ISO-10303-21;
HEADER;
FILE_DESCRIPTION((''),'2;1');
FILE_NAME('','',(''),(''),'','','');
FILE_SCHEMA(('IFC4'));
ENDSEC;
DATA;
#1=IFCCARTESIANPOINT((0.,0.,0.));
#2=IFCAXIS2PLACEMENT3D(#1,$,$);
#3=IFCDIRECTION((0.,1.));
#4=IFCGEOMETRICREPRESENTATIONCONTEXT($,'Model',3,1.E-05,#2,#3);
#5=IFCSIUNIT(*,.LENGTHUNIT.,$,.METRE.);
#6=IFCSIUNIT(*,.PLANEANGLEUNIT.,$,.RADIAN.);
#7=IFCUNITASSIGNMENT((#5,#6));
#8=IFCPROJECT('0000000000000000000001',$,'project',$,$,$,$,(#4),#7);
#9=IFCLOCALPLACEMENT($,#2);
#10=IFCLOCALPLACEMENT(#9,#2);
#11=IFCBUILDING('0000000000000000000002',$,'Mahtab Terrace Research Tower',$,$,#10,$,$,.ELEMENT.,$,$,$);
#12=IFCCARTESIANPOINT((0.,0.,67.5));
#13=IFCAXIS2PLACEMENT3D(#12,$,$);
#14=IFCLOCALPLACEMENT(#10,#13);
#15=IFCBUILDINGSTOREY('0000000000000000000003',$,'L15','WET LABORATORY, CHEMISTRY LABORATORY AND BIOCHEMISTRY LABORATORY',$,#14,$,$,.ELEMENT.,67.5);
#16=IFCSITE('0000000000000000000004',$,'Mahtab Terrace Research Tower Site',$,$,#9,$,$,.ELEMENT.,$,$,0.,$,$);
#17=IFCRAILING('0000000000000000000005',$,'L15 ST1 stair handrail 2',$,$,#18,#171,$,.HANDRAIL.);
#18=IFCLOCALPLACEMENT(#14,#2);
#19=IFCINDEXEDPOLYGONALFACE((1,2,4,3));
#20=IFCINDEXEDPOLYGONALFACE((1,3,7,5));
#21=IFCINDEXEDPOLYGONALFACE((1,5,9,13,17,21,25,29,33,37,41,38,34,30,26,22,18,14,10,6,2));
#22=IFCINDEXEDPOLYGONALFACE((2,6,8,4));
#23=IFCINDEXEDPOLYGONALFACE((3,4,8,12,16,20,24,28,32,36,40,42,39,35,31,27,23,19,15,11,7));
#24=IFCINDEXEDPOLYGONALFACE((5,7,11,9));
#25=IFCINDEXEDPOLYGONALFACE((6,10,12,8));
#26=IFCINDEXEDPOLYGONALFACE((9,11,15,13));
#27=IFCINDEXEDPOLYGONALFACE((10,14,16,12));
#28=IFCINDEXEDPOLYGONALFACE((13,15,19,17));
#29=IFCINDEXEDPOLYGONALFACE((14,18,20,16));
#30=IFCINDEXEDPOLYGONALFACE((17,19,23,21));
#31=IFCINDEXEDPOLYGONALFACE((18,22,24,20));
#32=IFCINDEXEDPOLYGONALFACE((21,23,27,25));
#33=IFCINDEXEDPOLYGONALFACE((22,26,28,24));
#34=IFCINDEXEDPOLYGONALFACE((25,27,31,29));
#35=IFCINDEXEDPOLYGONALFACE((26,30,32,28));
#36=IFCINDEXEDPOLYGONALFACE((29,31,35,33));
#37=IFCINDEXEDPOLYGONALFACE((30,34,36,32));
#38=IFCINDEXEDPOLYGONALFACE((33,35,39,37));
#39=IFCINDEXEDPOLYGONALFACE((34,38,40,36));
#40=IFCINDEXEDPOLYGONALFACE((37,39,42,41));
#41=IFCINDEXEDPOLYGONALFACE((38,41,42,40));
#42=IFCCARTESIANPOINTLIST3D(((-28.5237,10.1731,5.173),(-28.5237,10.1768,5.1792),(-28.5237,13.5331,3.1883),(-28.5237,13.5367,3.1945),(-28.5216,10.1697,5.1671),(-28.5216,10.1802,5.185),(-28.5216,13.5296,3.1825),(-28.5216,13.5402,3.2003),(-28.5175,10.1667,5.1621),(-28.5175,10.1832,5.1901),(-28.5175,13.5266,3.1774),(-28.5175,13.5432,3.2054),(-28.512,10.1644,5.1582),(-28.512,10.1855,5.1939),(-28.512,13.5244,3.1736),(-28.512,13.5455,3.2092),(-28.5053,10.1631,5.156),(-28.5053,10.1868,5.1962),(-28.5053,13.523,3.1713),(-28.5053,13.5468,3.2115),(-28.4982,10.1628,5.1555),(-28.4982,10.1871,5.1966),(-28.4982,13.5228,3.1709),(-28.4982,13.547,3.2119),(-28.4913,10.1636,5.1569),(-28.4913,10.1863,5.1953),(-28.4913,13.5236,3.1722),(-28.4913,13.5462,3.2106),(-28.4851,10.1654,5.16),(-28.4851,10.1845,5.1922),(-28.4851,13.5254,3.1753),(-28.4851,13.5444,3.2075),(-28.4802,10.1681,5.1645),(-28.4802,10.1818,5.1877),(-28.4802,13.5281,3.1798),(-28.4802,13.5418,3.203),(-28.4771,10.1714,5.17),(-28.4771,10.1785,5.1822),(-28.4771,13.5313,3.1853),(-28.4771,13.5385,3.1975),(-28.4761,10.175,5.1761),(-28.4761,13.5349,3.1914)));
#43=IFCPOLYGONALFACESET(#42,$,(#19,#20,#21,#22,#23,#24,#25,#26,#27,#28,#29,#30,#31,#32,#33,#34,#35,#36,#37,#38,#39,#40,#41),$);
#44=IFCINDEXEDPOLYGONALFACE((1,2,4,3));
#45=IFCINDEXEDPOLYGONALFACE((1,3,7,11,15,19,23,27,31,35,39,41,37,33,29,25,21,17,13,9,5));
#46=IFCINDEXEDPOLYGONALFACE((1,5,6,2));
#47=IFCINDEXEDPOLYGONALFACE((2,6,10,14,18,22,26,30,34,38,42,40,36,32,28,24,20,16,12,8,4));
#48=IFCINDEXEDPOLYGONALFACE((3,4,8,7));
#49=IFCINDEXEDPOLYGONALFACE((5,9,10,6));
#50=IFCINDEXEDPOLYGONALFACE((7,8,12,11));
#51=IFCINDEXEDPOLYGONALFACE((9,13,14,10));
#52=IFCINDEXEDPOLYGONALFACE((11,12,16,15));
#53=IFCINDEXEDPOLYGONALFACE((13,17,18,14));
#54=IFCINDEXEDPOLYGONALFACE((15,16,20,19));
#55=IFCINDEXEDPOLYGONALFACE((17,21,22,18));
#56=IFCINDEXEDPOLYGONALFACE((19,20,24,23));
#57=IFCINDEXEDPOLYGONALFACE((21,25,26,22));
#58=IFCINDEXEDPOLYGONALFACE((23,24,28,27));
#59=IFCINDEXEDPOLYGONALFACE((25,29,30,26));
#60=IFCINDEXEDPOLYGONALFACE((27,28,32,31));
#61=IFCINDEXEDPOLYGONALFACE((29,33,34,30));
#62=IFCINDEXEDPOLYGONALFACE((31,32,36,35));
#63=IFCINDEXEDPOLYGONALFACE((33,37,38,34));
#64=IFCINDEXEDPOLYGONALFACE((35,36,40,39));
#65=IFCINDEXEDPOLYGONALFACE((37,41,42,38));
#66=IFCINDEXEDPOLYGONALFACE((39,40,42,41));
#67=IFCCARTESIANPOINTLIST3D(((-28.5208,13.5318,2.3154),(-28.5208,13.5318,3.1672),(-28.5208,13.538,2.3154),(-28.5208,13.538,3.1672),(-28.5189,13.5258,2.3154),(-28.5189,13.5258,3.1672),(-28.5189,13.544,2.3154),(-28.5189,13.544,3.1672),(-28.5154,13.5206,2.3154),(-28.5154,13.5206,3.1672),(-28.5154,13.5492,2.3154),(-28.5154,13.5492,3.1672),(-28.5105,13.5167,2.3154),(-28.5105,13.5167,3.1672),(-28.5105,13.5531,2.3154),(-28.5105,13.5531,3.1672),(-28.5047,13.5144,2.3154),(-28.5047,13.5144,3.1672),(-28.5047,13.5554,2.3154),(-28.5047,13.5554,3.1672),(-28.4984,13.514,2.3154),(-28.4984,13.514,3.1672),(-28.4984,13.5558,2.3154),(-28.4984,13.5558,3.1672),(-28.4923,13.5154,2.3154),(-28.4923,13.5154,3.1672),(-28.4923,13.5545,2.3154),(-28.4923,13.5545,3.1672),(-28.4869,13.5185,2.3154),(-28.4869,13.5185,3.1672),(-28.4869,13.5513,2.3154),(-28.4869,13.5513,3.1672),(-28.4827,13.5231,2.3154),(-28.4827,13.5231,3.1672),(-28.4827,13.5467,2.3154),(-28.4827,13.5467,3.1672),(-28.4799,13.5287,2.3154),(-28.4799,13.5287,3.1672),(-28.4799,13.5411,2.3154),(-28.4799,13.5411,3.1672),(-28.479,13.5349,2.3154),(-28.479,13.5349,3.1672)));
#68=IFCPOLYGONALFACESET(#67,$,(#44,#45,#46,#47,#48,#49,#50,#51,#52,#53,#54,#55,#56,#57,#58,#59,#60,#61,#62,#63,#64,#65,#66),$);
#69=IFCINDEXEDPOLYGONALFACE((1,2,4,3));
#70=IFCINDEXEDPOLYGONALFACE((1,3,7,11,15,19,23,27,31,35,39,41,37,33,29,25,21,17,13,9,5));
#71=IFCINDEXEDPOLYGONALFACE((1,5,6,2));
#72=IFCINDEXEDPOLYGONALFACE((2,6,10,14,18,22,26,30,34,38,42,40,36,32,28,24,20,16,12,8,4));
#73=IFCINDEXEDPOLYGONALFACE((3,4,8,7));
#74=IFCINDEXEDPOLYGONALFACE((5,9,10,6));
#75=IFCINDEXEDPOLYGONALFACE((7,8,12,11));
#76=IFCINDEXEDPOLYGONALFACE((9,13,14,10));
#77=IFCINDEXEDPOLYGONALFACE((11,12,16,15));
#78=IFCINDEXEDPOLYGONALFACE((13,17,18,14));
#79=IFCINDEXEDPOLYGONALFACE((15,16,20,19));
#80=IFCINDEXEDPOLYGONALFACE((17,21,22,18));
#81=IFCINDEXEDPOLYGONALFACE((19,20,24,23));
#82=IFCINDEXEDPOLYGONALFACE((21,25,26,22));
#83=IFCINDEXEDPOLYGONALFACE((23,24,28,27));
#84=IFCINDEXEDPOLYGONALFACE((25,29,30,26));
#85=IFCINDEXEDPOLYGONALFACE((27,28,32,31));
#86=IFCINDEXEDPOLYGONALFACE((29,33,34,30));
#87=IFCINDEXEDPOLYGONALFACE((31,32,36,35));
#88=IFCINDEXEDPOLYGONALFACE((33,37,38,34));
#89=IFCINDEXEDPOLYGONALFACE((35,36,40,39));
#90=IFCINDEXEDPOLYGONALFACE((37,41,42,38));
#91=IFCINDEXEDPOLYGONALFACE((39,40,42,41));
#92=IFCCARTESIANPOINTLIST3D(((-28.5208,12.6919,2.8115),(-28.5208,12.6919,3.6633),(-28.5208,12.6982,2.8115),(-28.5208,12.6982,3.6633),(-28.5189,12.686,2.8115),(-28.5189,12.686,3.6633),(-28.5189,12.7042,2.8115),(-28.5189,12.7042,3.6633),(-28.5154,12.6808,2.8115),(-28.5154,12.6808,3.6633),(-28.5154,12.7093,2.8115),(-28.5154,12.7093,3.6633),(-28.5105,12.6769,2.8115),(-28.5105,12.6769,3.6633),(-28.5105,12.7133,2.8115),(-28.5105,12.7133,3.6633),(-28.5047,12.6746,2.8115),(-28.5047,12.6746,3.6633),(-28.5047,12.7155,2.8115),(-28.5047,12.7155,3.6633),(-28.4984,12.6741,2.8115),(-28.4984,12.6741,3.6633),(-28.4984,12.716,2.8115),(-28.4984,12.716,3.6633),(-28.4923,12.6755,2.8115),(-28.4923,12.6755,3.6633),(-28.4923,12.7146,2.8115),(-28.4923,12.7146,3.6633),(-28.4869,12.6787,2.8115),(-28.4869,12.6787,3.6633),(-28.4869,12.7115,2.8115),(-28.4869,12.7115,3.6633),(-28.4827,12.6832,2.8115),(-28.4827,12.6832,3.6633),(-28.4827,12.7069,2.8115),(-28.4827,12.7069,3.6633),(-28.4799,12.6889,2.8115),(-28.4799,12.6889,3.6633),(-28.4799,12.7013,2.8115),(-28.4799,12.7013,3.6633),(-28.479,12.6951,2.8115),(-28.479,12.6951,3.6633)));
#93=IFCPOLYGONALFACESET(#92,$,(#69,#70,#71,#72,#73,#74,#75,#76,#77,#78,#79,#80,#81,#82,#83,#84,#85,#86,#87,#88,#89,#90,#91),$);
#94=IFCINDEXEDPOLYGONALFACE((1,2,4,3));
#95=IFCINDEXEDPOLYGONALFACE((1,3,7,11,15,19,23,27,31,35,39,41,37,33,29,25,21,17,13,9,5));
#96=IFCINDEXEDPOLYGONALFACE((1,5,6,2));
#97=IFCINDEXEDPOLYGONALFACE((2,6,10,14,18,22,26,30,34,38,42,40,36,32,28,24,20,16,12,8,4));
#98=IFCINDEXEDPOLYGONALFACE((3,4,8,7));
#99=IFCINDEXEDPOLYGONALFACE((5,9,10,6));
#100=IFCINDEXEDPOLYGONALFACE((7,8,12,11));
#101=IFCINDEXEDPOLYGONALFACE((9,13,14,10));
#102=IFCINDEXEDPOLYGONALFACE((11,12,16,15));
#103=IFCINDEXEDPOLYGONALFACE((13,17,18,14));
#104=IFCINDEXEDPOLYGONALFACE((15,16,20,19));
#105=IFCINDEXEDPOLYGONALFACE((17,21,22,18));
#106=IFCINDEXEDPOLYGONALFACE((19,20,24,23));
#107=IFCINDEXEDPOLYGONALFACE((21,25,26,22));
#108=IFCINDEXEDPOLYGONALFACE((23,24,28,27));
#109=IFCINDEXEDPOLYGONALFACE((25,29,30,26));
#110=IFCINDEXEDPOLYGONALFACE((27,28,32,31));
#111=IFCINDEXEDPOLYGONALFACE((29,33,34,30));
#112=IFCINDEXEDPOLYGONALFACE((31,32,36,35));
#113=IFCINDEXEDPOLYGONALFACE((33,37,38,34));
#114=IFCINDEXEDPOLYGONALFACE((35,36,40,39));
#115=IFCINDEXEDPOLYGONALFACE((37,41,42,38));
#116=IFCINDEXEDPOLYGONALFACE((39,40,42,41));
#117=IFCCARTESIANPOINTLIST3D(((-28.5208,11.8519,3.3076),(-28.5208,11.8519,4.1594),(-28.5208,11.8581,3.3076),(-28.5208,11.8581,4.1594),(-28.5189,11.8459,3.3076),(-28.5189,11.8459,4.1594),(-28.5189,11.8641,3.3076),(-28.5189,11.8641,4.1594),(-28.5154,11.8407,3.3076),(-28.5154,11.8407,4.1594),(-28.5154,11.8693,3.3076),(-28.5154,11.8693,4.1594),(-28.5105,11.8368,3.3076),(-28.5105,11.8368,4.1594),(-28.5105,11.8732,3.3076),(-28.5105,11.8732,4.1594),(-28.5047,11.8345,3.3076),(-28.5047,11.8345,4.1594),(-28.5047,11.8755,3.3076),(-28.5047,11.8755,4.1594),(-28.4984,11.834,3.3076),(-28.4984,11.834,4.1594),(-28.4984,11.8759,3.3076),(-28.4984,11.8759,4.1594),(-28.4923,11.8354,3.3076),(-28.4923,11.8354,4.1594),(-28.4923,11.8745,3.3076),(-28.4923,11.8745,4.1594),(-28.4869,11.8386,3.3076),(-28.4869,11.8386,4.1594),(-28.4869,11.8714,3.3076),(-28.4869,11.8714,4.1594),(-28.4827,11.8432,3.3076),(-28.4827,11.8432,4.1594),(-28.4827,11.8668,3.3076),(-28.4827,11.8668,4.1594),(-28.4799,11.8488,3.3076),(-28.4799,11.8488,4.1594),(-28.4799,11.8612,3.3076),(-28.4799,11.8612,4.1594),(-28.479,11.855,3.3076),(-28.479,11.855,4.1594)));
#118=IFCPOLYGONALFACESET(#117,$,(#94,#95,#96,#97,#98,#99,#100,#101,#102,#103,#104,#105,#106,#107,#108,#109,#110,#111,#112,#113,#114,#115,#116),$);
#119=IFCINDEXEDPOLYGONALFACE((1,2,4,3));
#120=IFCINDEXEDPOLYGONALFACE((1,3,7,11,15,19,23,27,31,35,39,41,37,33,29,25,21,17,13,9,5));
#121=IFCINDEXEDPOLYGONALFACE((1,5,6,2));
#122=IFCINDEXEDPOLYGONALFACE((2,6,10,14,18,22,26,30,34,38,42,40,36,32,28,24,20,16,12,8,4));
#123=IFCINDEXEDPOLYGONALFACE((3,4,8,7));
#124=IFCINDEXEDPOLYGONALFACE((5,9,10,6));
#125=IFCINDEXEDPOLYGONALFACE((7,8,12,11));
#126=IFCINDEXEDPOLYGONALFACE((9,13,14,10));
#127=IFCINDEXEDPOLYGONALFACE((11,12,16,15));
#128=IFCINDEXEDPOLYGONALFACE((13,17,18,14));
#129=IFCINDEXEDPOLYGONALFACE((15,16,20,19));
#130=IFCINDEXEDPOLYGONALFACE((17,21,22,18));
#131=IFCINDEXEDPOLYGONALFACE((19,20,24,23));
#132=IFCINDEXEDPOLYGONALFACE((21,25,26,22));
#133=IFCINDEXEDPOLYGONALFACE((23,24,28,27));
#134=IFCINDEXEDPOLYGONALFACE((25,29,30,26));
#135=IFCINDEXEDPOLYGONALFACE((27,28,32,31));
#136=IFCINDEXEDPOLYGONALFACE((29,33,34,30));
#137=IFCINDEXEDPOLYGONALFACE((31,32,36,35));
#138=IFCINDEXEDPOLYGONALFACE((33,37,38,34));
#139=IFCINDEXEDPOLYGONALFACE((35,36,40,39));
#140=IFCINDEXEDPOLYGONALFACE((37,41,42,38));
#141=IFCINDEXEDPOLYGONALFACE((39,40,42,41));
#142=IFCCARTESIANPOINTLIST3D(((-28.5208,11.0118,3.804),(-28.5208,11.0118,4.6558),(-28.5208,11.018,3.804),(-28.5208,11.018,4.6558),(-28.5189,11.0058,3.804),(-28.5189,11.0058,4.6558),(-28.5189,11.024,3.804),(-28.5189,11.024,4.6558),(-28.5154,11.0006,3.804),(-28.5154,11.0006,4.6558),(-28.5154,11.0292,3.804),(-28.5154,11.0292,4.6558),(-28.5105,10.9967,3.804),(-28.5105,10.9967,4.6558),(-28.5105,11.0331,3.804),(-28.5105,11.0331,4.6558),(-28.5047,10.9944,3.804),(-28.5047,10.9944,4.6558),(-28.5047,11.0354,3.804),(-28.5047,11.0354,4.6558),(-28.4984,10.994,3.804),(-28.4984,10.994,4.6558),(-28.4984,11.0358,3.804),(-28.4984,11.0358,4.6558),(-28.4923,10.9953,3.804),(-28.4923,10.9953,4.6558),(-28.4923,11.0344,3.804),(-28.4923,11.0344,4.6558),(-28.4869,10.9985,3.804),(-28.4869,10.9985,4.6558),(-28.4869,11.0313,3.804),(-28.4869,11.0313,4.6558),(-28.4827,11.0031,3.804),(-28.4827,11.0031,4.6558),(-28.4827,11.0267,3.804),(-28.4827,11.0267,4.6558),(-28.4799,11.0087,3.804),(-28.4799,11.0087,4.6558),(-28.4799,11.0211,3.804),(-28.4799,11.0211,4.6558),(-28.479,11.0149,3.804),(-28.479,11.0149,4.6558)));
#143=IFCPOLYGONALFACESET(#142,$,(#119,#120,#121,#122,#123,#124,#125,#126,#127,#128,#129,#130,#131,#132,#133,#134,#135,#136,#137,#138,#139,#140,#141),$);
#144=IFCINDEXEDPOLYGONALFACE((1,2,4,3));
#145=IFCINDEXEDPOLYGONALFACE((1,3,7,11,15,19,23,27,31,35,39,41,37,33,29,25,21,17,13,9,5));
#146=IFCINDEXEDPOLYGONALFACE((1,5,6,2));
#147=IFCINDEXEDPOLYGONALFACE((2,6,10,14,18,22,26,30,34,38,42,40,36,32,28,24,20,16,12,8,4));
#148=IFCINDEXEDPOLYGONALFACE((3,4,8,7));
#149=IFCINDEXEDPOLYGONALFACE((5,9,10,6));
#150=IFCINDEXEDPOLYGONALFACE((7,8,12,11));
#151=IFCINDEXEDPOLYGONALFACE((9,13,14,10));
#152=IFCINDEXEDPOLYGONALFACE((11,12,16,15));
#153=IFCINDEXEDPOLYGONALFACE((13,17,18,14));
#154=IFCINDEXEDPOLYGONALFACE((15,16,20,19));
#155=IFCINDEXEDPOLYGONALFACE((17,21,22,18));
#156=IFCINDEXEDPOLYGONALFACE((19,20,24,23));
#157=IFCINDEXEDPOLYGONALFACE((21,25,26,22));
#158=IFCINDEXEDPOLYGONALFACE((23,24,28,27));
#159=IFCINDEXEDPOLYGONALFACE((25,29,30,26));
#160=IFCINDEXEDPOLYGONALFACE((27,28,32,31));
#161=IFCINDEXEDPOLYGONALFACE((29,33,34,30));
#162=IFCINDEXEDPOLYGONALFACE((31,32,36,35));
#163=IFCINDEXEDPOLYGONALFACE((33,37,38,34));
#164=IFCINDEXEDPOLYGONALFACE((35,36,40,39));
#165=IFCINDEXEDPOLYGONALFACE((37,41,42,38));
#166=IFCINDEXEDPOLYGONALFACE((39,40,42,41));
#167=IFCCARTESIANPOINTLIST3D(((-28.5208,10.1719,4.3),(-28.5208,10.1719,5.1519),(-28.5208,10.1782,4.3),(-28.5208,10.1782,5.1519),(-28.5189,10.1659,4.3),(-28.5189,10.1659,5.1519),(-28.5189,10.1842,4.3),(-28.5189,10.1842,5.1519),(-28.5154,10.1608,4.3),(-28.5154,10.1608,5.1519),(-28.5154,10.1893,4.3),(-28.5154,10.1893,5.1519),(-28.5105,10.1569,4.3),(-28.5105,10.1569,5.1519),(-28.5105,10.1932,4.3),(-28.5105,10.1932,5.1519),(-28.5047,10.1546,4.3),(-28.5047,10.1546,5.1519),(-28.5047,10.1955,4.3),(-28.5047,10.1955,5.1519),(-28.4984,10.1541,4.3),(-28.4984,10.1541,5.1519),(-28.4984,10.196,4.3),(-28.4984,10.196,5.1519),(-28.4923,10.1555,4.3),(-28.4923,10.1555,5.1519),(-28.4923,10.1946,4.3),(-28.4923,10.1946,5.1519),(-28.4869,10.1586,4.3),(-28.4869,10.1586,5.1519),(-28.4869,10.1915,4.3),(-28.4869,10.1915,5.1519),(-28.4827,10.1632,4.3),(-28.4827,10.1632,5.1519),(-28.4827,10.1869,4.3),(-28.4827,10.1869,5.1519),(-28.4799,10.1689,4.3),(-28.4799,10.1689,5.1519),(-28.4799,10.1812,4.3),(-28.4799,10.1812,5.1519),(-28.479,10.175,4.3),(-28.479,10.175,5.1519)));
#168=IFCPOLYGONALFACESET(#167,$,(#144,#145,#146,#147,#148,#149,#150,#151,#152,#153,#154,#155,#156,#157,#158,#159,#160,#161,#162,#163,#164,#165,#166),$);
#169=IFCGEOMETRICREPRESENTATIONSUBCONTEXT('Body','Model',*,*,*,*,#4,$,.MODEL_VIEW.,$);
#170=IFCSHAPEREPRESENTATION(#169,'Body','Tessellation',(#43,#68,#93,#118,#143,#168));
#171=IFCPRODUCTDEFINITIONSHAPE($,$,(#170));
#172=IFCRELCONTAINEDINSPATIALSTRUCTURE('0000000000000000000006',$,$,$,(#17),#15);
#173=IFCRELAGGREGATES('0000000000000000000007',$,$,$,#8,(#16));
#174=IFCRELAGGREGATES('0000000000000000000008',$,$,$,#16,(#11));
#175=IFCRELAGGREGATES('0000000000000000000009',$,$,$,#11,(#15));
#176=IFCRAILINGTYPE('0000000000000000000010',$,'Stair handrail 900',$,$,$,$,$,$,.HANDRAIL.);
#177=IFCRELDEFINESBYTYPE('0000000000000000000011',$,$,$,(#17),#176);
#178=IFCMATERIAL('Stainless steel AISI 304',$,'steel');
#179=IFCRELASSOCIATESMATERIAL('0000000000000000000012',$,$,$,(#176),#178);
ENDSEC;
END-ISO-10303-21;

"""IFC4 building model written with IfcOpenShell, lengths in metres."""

from ifc_helpers import new_model, si_unit, direction, frame, origin, origin_2d, place, context, subcontext, project, spatial, circle, extrude, material, type_object, element, save


model = new_model("IFC4")

# Units and contexts
model_context = context("Model", 3, precision=1e-05, world=origin(), true_north=direction((0.0, 1.0)))
body_context = subcontext(model_context, "Body", "Model", "MODEL_VIEW")
ifc_project = project(units=[si_unit("LENGTHUNIT", "METRE"), si_unit("PLANEANGLEUNIT", "RADIAN")], contexts=[model_context])

# Site, building, storey
site_placement = place(None, origin())
site = spatial("IfcSite", under=ifc_project, at=site_placement, Name="Mahtab Terrace Research Tower Site", CompositionType="ELEMENT", RefElevation=0.0)
building_placement = place(site_placement, origin())
building = spatial("IfcBuilding", under=site, at=building_placement, Name="Mahtab Terrace Research Tower", CompositionType="ELEMENT")
storey_placement = place(building_placement, frame((0.0, 0.0, 67.5)))
storey = spatial("IfcBuildingStorey", under=building, at=storey_placement, Name="L15", Description="WET LABORATORY, CHEMISTRY LABORATORY AND BIOCHEMISTRY LABORATORY", CompositionType="ELEMENT", Elevation=67.5)

# Railing
ifc_material_1 = material(Name="Stainless steel AISI 304", Category="steel")
railing_type_1 = type_object("IfcRailingType", Name="Stair handrail 900", PredefinedType="HANDRAIL", material=ifc_material_1)
railing_1_placement = place(storey_placement, frame((-28.5, 13.5349, 2.3154)))
element("IfcRailing", 1, at=railing_1_placement, inside=storey, type_object=railing_type_1, Name="L15 ST1 stair handrail 2", PredefinedType="HANDRAIL", context=body_context, shape_type="SweptSolid", body=[
    extrude(circle(Radius=0.0239, at=origin_2d()), frame((0.0, 0.0, 0.876), z_axis=(0.0, -0.861011, 0.508586), x_axis=(1.0, 0.0, 0.0)), (0.0, 0.0, 1.0), 3.9023),
    extrude(circle(Radius=0.021, at=origin_2d()), origin(), (0.0, 0.0, 1.0), 0.8518),
    extrude(circle(Radius=0.021, at=origin_2d()), frame((0.0, -0.8398, 0.4961)), (0.0, 0.0, 1.0), 0.8518),
    extrude(circle(Radius=0.021, at=origin_2d()), frame((0.0, -1.6799, 0.9922)), (0.0, 0.0, 1.0), 0.8518),
    extrude(circle(Radius=0.021, at=origin_2d()), frame((0.0, -2.52, 1.4885)), (0.0, 0.0, 1.0), 0.8518),
    extrude(circle(Radius=0.021, at=origin_2d()), frame((0.0, -3.3599, 1.9846)), (0.0, 0.0, 1.0), 0.8518),
])

save(model, "model.ifc")
